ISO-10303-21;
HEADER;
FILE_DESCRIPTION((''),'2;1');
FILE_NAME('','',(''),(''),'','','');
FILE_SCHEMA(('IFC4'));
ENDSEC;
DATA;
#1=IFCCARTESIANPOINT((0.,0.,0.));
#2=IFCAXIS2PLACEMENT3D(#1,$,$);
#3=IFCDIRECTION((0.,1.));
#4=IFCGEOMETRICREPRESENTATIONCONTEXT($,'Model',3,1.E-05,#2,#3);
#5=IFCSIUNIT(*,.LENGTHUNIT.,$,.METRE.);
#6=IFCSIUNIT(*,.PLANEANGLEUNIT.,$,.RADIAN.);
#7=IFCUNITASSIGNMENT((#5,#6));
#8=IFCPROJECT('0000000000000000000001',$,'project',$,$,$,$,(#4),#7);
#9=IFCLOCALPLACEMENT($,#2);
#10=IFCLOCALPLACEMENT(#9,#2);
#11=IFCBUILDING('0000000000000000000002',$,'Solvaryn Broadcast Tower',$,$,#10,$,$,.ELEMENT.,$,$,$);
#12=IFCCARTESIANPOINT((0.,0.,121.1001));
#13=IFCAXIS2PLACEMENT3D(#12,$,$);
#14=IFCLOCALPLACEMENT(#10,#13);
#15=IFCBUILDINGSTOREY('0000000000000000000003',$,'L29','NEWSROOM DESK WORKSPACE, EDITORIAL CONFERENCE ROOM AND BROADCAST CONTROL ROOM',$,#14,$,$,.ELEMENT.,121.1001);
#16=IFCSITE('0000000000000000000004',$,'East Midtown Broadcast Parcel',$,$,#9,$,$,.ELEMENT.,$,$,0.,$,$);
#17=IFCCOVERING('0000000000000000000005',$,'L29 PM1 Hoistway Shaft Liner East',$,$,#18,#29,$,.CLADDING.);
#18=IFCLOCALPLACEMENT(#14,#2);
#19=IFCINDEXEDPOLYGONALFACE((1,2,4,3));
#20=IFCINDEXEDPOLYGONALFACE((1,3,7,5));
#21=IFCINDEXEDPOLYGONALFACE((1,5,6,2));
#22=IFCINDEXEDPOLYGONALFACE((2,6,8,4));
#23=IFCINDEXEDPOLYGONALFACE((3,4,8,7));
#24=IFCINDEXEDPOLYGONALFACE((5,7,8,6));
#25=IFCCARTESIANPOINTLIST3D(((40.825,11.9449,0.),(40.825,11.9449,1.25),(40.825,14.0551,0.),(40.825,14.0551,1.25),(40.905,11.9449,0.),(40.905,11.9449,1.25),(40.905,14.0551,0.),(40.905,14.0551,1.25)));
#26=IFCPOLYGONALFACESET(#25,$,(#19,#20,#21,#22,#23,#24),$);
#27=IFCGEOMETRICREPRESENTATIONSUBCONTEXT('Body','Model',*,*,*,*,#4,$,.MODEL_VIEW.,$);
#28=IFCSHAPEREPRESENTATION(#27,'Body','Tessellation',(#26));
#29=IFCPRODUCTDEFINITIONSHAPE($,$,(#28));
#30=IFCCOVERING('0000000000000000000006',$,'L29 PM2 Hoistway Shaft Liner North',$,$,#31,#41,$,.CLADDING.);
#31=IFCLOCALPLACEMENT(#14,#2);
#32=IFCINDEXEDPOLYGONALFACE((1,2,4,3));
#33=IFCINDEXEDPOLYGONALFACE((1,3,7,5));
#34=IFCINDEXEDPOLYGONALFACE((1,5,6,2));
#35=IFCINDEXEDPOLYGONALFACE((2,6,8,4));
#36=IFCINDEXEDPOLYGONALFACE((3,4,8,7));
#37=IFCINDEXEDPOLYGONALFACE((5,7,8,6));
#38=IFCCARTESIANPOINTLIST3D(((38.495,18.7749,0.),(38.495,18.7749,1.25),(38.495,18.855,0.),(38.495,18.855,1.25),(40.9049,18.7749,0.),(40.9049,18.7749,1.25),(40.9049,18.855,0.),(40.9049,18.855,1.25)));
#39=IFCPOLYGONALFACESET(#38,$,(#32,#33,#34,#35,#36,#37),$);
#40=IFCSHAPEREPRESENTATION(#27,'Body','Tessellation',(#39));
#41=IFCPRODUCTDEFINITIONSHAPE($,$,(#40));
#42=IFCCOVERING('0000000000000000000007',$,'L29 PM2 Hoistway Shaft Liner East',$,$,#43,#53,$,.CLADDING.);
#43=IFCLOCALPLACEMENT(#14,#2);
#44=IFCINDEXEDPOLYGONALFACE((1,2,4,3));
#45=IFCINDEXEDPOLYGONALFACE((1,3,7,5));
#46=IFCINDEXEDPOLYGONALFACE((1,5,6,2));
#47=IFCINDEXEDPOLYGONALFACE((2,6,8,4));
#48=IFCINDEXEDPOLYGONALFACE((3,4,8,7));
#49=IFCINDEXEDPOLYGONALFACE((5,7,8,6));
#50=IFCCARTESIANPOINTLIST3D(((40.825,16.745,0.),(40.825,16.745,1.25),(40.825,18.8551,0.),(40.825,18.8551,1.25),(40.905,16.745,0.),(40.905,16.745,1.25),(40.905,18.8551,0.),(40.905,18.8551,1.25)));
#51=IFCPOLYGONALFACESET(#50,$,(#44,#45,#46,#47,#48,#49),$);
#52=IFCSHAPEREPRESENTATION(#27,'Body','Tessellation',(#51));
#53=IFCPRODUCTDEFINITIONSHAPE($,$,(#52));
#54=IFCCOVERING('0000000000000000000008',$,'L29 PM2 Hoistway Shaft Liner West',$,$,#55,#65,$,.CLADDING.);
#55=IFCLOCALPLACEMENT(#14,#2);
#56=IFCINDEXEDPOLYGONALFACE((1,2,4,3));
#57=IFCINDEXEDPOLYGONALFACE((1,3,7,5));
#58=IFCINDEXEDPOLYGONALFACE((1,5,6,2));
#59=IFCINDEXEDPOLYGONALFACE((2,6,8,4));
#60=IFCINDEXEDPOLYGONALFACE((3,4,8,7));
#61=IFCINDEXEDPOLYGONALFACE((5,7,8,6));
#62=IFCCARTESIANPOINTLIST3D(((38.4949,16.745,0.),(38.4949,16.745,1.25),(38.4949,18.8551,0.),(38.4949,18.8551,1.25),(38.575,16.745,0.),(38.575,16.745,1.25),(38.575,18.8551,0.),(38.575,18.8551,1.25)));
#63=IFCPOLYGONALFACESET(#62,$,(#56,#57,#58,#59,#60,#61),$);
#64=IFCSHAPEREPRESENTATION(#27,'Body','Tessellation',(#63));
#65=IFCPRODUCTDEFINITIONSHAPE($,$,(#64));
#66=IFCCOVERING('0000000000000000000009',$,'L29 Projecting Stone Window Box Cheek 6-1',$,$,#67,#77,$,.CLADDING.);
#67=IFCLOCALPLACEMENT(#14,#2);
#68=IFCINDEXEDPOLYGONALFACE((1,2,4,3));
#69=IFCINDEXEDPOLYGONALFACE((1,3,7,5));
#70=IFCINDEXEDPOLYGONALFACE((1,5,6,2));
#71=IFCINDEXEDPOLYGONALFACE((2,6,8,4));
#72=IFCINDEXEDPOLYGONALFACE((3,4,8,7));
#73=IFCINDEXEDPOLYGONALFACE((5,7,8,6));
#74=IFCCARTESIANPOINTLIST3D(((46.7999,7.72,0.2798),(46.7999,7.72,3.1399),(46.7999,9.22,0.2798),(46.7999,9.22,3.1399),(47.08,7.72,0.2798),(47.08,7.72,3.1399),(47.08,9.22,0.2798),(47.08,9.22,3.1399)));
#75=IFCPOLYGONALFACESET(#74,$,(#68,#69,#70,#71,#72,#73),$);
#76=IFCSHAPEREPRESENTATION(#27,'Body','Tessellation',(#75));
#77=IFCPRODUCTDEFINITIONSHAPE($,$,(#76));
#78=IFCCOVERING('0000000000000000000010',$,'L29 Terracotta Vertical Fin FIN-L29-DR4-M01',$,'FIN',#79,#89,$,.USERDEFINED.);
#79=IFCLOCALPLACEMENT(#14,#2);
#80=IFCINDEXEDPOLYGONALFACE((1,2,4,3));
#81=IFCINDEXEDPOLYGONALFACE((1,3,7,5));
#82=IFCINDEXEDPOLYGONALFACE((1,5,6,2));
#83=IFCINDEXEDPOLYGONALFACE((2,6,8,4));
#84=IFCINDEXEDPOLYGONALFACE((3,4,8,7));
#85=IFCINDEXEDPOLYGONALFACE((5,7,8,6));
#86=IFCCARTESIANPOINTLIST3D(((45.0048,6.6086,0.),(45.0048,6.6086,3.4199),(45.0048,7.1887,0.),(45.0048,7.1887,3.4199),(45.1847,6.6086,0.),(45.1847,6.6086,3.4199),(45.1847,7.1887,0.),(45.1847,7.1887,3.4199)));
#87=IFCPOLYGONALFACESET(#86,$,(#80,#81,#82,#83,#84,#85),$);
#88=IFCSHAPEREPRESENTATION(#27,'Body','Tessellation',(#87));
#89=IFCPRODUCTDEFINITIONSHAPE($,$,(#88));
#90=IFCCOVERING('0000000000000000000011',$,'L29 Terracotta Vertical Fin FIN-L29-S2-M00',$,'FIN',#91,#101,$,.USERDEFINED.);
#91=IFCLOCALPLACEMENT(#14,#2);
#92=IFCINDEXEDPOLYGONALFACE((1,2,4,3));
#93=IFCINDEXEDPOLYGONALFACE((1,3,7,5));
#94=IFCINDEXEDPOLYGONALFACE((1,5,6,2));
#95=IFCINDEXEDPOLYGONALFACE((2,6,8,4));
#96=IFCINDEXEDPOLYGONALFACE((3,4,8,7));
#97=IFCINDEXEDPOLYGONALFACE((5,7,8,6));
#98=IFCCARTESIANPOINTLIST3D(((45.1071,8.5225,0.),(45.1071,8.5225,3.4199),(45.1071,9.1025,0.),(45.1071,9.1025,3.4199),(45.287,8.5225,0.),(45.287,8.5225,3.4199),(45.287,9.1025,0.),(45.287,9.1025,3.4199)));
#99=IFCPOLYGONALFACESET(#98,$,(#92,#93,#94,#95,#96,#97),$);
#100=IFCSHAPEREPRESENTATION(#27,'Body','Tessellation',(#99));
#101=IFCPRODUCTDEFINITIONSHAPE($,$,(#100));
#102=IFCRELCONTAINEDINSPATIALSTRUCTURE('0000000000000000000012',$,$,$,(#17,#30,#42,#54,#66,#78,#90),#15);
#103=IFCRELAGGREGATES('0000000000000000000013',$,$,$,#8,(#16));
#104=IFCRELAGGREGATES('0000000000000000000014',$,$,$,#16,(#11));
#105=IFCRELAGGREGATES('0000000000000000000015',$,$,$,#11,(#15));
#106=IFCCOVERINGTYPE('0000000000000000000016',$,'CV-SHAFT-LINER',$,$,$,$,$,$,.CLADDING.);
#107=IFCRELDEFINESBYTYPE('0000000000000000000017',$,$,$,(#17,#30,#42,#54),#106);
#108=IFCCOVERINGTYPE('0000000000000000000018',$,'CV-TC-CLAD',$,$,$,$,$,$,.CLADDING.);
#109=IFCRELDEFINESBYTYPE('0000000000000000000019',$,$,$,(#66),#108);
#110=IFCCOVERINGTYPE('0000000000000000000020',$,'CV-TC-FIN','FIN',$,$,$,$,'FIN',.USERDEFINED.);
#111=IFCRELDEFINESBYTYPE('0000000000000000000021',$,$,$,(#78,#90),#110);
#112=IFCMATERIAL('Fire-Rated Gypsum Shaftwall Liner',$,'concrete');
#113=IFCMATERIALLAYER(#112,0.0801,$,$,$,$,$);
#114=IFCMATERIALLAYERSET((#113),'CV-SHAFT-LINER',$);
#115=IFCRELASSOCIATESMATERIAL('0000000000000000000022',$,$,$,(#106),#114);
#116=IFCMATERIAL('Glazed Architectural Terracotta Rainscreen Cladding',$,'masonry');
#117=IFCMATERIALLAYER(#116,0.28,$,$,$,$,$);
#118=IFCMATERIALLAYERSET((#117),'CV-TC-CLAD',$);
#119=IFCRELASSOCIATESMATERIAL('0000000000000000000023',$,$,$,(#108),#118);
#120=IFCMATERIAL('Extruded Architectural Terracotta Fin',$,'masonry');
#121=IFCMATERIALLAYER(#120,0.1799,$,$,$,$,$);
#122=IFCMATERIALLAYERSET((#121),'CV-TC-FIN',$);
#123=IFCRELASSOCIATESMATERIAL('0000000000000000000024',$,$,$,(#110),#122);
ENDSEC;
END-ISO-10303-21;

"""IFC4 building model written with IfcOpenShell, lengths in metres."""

from ifc_helpers import new_model, si_unit, direction, frame, origin, origin_2d, place, context, subcontext, project, spatial, rectangle, extrude, material, layer, layer_set, type_object, element, save


model = new_model("IFC4")

# Units and contexts
model_context = context("Model", 3, precision=1e-05, world=origin(), true_north=direction((0.0, 1.0)))
body_context = subcontext(model_context, "Body", "Model", "MODEL_VIEW")
ifc_project = project(units=[si_unit("LENGTHUNIT", "METRE"), si_unit("PLANEANGLEUNIT", "RADIAN")], contexts=[model_context])

# Site, building, storey
site_placement = place(None, origin())
site = spatial("IfcSite", under=ifc_project, at=site_placement, Name="East Midtown Broadcast Parcel", CompositionType="ELEMENT", RefElevation=0.0)
building_placement = place(site_placement, origin())
building = spatial("IfcBuilding", under=site, at=building_placement, Name="Solvaryn Broadcast Tower", CompositionType="ELEMENT")
storey_placement = place(building_placement, frame((0.0, 0.0, 121.1001)))
storey = spatial("IfcBuildingStorey", under=building, at=storey_placement, Name="L29", Description="NEWSROOM DESK WORKSPACE, EDITORIAL CONFERENCE ROOM AND BROADCAST CONTROL ROOM", CompositionType="ELEMENT", Elevation=121.1001)

# Coverings
ifc_material_1 = material(Name="Fire-Rated Gypsum Shaftwall Liner", Category="concrete")
ifc_layer_1 = layer(ifc_material_1, 0.0801)
ifc_layer_set_1 = layer_set([ifc_layer_1], Name="CV-SHAFT-LINER")
covering_type_1 = type_object("IfcCoveringType", Name="CV-SHAFT-LINER", PredefinedType="CLADDING", material=ifc_layer_set_1)
covering_1_placement = place(storey_placement, frame((40.865, 13.0, 0.0), z_axis=(0.0, 0.0, 1.0), x_axis=(1.0, 0.0, 0.0)))
element("IfcCovering", 1, at=covering_1_placement, inside=storey, type_object=covering_type_1, Name="L29 PM1 Hoistway Shaft Liner East", PredefinedType="CLADDING", context=body_context, shape_type="SweptSolid", body=[
    extrude(rectangle(XDim=0.0801, YDim=2.1101, at=origin_2d()), origin(), (0.0, 0.0, 1.0), 1.25),
])
covering_2_placement = place(storey_placement, frame((39.7, 18.8149, 0.0), z_axis=(0.0, 0.0, 1.0), x_axis=(1.0, 0.0, 0.0)))
element("IfcCovering", 2, at=covering_2_placement, inside=storey, type_object=covering_type_1, Name="L29 PM2 Hoistway Shaft Liner North", PredefinedType="CLADDING", context=body_context, shape_type="SweptSolid", body=[
    extrude(rectangle(XDim=2.4099, YDim=0.0801, at=origin_2d()), origin(), (0.0, 0.0, 1.0), 1.25),
])
for number, where, z_axis, x_axis, name in (
    (3, (40.865, 17.8, 0.0), (0.0, 0.0, 1.0), (1.0, 0.0, 0.0), "L29 PM2 Hoistway Shaft Liner East"),
    (4, (38.5349, 17.8, 0.0), (0.0, 0.0, 1.0), (1.0, 0.0, 0.0), "L29 PM2 Hoistway Shaft Liner West"),
):
    element("IfcCovering", number, at=place(storey_placement, frame(where, z_axis=z_axis, x_axis=x_axis)), inside=storey, type_object=covering_type_1, Name=name, PredefinedType="CLADDING", context=body_context, shape_type="SweptSolid", body=[
        extrude(rectangle(XDim=0.0801, YDim=2.1101, at=origin_2d()), origin(), (0.0, 0.0, 1.0), 1.25),
    ])
ifc_material_2 = material(Name="Glazed Architectural Terracotta Rainscreen Cladding", Category="masonry")
ifc_layer_2 = layer(ifc_material_2, 0.28)
ifc_layer_set_2 = layer_set([ifc_layer_2], Name="CV-TC-CLAD")
covering_type_2 = type_object("IfcCoveringType", Name="CV-TC-CLAD", PredefinedType="CLADDING", material=ifc_layer_set_2)
covering_3_placement = place(storey_placement, frame((46.9399, 8.47, 0.2798), z_axis=(0.0, 0.0, 1.0), x_axis=(1.0, 0.0, 0.0)))
element("IfcCovering", 5, at=covering_3_placement, inside=storey, type_object=covering_type_2, Name="L29 Projecting Stone Window Box Cheek 6-1", PredefinedType="CLADDING", context=body_context, shape_type="SweptSolid", body=[
    extrude(rectangle(XDim=0.28, YDim=1.5, at=origin_2d()), origin(), (0.0, 0.0, 1.0), 2.8601),
])
ifc_material_3 = material(Name="Extruded Architectural Terracotta Fin", Category="masonry")
ifc_layer_3 = layer(ifc_material_3, 0.1799)
ifc_layer_set_3 = layer_set([ifc_layer_3], Name="CV-TC-FIN")
covering_type_3 = type_object("IfcCoveringType", Name="CV-TC-FIN", Description="FIN", ElementType="FIN", PredefinedType="USERDEFINED", material=ifc_layer_set_3)
for number, where, z_axis, x_axis, name in (
    (6, (45.0947, 6.8987, 0.0), (0.0, 0.0, 1.0), (1.0, 0.0, 0.0), "L29 Terracotta Vertical Fin FIN-L29-DR4-M01"),
    (7, (45.197, 8.8125, 0.0), (0.0, 0.0, 1.0), (1.0, 0.0, 0.0), "L29 Terracotta Vertical Fin FIN-L29-S2-M00"),
):
    element("IfcCovering", number, at=place(storey_placement, frame(where, z_axis=z_axis, x_axis=x_axis)), inside=storey, type_object=covering_type_3, Name=name, ObjectType="FIN", PredefinedType="USERDEFINED", context=body_context, shape_type="SweptSolid", body=[
        extrude(rectangle(XDim=0.1799, YDim=0.5801, at=origin_2d()), origin(), (0.0, 0.0, 1.0), 3.4199),
    ])

save(model, "model.ifc")
